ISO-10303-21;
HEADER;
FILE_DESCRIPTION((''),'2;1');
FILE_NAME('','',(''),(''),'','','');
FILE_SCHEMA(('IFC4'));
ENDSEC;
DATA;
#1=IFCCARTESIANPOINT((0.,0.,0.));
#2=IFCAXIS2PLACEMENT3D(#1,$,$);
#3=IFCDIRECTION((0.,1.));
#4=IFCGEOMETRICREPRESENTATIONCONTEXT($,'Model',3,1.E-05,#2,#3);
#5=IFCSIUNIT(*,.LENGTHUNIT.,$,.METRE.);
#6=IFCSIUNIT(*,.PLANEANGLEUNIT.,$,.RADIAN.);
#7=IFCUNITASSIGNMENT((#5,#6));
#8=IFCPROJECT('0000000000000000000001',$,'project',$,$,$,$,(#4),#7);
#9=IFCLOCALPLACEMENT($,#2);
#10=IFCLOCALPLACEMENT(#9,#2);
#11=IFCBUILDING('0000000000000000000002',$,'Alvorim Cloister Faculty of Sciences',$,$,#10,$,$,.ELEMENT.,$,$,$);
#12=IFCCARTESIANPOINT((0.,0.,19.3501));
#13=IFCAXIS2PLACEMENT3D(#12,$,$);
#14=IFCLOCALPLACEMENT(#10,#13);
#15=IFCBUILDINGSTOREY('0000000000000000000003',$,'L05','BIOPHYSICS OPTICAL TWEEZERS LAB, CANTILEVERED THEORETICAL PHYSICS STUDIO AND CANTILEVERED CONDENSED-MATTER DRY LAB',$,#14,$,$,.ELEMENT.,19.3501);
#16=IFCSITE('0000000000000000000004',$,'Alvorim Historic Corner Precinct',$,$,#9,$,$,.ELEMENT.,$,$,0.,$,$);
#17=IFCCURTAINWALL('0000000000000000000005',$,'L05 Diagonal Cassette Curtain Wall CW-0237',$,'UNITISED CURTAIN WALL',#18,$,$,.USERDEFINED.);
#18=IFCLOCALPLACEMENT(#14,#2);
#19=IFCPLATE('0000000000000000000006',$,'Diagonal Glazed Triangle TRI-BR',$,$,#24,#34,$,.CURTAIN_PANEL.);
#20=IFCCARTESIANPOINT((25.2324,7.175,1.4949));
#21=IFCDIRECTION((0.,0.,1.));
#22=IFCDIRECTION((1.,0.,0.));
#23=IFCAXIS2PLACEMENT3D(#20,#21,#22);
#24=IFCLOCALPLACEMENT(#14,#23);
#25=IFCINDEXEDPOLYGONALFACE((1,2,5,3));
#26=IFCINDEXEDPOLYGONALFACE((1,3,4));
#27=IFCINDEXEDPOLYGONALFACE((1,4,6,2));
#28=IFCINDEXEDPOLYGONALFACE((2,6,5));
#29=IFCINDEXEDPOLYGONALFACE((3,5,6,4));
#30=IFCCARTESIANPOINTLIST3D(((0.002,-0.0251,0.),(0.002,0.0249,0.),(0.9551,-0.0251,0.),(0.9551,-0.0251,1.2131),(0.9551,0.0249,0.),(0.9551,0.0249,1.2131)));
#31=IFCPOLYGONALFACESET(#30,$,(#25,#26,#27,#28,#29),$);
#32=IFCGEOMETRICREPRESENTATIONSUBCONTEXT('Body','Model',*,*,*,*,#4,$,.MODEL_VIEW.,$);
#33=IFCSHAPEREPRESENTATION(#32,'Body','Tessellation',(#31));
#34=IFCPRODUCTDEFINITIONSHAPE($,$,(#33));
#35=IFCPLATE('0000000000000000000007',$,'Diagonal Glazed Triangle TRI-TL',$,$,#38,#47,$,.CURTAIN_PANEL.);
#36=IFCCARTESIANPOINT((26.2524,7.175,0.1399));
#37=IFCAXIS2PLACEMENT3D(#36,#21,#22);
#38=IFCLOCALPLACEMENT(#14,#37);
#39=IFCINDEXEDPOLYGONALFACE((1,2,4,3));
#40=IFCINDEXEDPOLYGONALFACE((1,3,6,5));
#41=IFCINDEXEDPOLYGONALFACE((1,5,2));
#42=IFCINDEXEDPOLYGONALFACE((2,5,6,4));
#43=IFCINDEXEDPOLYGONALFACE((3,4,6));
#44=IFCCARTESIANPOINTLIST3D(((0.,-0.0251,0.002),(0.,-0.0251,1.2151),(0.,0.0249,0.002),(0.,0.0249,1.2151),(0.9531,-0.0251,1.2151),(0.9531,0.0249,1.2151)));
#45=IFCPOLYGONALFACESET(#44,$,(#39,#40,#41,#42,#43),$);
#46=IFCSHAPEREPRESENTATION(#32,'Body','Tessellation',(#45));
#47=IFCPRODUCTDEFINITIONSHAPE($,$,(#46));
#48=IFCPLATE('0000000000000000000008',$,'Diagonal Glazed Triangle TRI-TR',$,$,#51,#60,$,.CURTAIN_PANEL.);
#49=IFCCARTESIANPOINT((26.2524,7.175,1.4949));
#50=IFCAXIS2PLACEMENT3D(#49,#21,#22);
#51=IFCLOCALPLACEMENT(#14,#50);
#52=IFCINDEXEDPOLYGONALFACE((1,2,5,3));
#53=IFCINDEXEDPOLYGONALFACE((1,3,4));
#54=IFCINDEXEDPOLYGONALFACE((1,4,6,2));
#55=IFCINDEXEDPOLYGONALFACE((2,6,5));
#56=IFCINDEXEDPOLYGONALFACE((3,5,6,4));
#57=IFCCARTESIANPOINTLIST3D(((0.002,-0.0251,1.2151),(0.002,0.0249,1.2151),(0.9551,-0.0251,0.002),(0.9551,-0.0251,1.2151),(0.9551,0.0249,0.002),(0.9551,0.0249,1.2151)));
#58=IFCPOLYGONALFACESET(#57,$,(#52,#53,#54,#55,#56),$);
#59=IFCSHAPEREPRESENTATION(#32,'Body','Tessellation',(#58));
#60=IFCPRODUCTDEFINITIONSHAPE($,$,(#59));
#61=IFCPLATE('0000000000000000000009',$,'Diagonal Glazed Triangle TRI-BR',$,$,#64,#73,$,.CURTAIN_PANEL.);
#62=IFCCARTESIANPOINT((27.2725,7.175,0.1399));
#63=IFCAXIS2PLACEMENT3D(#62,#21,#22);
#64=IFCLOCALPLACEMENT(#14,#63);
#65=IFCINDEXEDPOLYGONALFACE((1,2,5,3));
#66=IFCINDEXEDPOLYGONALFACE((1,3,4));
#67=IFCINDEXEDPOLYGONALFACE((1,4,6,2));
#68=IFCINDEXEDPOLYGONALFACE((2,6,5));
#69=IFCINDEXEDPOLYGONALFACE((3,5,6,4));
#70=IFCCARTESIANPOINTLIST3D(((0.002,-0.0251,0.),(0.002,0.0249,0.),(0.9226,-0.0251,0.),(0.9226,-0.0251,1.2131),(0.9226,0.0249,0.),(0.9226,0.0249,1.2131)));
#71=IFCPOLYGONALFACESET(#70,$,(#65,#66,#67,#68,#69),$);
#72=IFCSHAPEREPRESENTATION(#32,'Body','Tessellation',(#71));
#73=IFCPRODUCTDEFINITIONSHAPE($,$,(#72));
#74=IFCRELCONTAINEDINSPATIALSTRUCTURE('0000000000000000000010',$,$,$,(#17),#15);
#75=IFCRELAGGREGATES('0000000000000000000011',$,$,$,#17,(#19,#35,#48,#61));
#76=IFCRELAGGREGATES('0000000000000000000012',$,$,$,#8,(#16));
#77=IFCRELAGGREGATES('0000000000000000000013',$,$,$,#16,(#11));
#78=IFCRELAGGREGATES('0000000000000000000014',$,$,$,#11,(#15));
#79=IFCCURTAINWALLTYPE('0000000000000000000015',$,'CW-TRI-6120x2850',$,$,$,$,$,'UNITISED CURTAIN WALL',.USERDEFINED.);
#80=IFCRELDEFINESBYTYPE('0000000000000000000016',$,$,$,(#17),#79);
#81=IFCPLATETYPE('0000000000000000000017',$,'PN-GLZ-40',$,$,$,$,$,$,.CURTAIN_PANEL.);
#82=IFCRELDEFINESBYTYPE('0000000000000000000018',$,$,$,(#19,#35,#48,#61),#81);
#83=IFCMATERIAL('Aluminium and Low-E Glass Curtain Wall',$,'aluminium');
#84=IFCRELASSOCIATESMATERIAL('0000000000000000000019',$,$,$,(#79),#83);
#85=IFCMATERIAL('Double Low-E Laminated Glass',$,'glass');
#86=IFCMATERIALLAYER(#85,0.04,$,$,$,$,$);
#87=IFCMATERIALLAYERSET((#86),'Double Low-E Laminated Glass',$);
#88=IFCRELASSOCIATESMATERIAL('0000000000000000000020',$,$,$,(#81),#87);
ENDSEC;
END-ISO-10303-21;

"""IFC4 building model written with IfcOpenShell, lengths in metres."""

from ifc_helpers import new_model, si_unit, direction, frame, origin, place, context, subcontext, project, spatial, polyline, outline, extrude, material, layer, layer_set, type_object, element, aggregate, save


model = new_model("IFC4")

# Units and contexts
model_context = context("Model", 3, precision=1e-05, world=origin(), true_north=direction((0.0, 1.0)))
body_context = subcontext(model_context, "Body", "Model", "MODEL_VIEW")
ifc_project = project(units=[si_unit("LENGTHUNIT", "METRE"), si_unit("PLANEANGLEUNIT", "RADIAN")], contexts=[model_context])

# Site, building, storey
site_placement = place(None, origin())
site = spatial("IfcSite", under=ifc_project, at=site_placement, Name="Alvorim Historic Corner Precinct", CompositionType="ELEMENT", RefElevation=0.0)
building_placement = place(site_placement, origin())
building = spatial("IfcBuilding", under=site, at=building_placement, Name="Alvorim Cloister Faculty of Sciences", CompositionType="ELEMENT")
storey_placement = place(building_placement, frame((0.0, 0.0, 19.3501)))
storey = spatial("IfcBuildingStorey", under=building, at=storey_placement, Name="L05", Description="BIOPHYSICS OPTICAL TWEEZERS LAB, CANTILEVERED THEORETICAL PHYSICS STUDIO AND CANTILEVERED CONDENSED-MATTER DRY LAB", CompositionType="ELEMENT", Elevation=19.3501)

# Curtain wall, plates
ifc_material_1 = material(Name="Aluminium and Low-E Glass Curtain Wall", Category="aluminium")
curtain_wall_type = type_object("IfcCurtainWallType", Name="CW-TRI-6120x2850", ElementType="UNITISED CURTAIN WALL", PredefinedType="USERDEFINED", material=ifc_material_1)
curtain_wall_placement = place(storey_placement, origin())
curtain_wall = element("IfcCurtainWall", 1, at=curtain_wall_placement, inside=storey, type_object=curtain_wall_type, Name="L05 Diagonal Cassette Curtain Wall CW-0237", ObjectType="UNITISED CURTAIN WALL", PredefinedType="USERDEFINED")
ifc_material_2 = material(Name="Double Low-E Laminated Glass", Category="glass")
ifc_layer = layer(ifc_material_2, 0.04)
ifc_layer_set = layer_set([ifc_layer], Name="Double Low-E Laminated Glass")
plate_type = type_object("IfcPlateType", Name="PN-GLZ-40", PredefinedType="CURTAIN_PANEL", material=ifc_layer_set)
plate_1_placement = place(storey_placement, frame((25.2324, 7.175, 1.4949), z_axis=(0.0, 0.0, 1.0), x_axis=(1.0, 0.0, 0.0)))
plate_1 = element("IfcPlate", 2, at=plate_1_placement, type_object=plate_type, Name="Diagonal Glazed Triangle TRI-BR", PredefinedType="CURTAIN_PANEL", context=body_context, shape_type="SweptSolid", body=[
    extrude(outline(polyline([(0.002, 0.0), (0.9551, 0.0), (0.9551, 1.2131), (0.002, 0.0)])), frame((0.0, 0.0249, 0.0), z_axis=(0.0, -1.0, 0.0), x_axis=(1.0, 0.0, 0.0)), (0.0, 0.0, 1.0), 0.05),
])
plate_2_placement = place(storey_placement, frame((26.2524, 7.175, 0.1399), z_axis=(0.0, 0.0, 1.0), x_axis=(1.0, 0.0, 0.0)))
plate_2 = element("IfcPlate", 3, at=plate_2_placement, type_object=plate_type, Name="Diagonal Glazed Triangle TRI-TL", PredefinedType="CURTAIN_PANEL", context=body_context, shape_type="SweptSolid", body=[
    extrude(outline(polyline([(0.9531, 1.2151), (0.0, 1.2151), (0.0, 0.002), (0.9531, 1.2151)])), frame((0.0, 0.0249, 0.0), z_axis=(0.0, -1.0, 0.0), x_axis=(1.0, 0.0, 0.0)), (0.0, 0.0, 1.0), 0.05),
])
plate_3_placement = place(storey_placement, frame((26.2524, 7.175, 1.4949), z_axis=(0.0, 0.0, 1.0), x_axis=(1.0, 0.0, 0.0)))
plate_3 = element("IfcPlate", 4, at=plate_3_placement, type_object=plate_type, Name="Diagonal Glazed Triangle TRI-TR", PredefinedType="CURTAIN_PANEL", context=body_context, shape_type="SweptSolid", body=[
    extrude(outline(polyline([(0.9551, 0.002), (0.9551, 1.2151), (0.002, 1.2151), (0.9551, 0.002)])), frame((0.0, 0.0249, 0.0), z_axis=(0.0, -1.0, 0.0), x_axis=(1.0, 0.0, 0.0)), (0.0, 0.0, 1.0), 0.05),
])
plate_4_placement = place(storey_placement, frame((27.2725, 7.175, 0.1399), z_axis=(0.0, 0.0, 1.0), x_axis=(1.0, 0.0, 0.0)))
plate_4 = element("IfcPlate", 5, at=plate_4_placement, type_object=plate_type, Name="Diagonal Glazed Triangle TRI-BR", PredefinedType="CURTAIN_PANEL", context=body_context, shape_type="SweptSolid", body=[
    extrude(outline(polyline([(0.002, 0.0), (0.9226, 0.0), (0.9226, 1.2131), (0.002, 0.0)])), frame((0.0, 0.0249, 0.0), z_axis=(0.0, -1.0, 0.0), x_axis=(1.0, 0.0, 0.0)), (0.0, 0.0, 1.0), 0.05),
])
aggregate(curtain_wall, [plate_1, plate_2, plate_3, plate_4])

save(model, "model.ifc")
